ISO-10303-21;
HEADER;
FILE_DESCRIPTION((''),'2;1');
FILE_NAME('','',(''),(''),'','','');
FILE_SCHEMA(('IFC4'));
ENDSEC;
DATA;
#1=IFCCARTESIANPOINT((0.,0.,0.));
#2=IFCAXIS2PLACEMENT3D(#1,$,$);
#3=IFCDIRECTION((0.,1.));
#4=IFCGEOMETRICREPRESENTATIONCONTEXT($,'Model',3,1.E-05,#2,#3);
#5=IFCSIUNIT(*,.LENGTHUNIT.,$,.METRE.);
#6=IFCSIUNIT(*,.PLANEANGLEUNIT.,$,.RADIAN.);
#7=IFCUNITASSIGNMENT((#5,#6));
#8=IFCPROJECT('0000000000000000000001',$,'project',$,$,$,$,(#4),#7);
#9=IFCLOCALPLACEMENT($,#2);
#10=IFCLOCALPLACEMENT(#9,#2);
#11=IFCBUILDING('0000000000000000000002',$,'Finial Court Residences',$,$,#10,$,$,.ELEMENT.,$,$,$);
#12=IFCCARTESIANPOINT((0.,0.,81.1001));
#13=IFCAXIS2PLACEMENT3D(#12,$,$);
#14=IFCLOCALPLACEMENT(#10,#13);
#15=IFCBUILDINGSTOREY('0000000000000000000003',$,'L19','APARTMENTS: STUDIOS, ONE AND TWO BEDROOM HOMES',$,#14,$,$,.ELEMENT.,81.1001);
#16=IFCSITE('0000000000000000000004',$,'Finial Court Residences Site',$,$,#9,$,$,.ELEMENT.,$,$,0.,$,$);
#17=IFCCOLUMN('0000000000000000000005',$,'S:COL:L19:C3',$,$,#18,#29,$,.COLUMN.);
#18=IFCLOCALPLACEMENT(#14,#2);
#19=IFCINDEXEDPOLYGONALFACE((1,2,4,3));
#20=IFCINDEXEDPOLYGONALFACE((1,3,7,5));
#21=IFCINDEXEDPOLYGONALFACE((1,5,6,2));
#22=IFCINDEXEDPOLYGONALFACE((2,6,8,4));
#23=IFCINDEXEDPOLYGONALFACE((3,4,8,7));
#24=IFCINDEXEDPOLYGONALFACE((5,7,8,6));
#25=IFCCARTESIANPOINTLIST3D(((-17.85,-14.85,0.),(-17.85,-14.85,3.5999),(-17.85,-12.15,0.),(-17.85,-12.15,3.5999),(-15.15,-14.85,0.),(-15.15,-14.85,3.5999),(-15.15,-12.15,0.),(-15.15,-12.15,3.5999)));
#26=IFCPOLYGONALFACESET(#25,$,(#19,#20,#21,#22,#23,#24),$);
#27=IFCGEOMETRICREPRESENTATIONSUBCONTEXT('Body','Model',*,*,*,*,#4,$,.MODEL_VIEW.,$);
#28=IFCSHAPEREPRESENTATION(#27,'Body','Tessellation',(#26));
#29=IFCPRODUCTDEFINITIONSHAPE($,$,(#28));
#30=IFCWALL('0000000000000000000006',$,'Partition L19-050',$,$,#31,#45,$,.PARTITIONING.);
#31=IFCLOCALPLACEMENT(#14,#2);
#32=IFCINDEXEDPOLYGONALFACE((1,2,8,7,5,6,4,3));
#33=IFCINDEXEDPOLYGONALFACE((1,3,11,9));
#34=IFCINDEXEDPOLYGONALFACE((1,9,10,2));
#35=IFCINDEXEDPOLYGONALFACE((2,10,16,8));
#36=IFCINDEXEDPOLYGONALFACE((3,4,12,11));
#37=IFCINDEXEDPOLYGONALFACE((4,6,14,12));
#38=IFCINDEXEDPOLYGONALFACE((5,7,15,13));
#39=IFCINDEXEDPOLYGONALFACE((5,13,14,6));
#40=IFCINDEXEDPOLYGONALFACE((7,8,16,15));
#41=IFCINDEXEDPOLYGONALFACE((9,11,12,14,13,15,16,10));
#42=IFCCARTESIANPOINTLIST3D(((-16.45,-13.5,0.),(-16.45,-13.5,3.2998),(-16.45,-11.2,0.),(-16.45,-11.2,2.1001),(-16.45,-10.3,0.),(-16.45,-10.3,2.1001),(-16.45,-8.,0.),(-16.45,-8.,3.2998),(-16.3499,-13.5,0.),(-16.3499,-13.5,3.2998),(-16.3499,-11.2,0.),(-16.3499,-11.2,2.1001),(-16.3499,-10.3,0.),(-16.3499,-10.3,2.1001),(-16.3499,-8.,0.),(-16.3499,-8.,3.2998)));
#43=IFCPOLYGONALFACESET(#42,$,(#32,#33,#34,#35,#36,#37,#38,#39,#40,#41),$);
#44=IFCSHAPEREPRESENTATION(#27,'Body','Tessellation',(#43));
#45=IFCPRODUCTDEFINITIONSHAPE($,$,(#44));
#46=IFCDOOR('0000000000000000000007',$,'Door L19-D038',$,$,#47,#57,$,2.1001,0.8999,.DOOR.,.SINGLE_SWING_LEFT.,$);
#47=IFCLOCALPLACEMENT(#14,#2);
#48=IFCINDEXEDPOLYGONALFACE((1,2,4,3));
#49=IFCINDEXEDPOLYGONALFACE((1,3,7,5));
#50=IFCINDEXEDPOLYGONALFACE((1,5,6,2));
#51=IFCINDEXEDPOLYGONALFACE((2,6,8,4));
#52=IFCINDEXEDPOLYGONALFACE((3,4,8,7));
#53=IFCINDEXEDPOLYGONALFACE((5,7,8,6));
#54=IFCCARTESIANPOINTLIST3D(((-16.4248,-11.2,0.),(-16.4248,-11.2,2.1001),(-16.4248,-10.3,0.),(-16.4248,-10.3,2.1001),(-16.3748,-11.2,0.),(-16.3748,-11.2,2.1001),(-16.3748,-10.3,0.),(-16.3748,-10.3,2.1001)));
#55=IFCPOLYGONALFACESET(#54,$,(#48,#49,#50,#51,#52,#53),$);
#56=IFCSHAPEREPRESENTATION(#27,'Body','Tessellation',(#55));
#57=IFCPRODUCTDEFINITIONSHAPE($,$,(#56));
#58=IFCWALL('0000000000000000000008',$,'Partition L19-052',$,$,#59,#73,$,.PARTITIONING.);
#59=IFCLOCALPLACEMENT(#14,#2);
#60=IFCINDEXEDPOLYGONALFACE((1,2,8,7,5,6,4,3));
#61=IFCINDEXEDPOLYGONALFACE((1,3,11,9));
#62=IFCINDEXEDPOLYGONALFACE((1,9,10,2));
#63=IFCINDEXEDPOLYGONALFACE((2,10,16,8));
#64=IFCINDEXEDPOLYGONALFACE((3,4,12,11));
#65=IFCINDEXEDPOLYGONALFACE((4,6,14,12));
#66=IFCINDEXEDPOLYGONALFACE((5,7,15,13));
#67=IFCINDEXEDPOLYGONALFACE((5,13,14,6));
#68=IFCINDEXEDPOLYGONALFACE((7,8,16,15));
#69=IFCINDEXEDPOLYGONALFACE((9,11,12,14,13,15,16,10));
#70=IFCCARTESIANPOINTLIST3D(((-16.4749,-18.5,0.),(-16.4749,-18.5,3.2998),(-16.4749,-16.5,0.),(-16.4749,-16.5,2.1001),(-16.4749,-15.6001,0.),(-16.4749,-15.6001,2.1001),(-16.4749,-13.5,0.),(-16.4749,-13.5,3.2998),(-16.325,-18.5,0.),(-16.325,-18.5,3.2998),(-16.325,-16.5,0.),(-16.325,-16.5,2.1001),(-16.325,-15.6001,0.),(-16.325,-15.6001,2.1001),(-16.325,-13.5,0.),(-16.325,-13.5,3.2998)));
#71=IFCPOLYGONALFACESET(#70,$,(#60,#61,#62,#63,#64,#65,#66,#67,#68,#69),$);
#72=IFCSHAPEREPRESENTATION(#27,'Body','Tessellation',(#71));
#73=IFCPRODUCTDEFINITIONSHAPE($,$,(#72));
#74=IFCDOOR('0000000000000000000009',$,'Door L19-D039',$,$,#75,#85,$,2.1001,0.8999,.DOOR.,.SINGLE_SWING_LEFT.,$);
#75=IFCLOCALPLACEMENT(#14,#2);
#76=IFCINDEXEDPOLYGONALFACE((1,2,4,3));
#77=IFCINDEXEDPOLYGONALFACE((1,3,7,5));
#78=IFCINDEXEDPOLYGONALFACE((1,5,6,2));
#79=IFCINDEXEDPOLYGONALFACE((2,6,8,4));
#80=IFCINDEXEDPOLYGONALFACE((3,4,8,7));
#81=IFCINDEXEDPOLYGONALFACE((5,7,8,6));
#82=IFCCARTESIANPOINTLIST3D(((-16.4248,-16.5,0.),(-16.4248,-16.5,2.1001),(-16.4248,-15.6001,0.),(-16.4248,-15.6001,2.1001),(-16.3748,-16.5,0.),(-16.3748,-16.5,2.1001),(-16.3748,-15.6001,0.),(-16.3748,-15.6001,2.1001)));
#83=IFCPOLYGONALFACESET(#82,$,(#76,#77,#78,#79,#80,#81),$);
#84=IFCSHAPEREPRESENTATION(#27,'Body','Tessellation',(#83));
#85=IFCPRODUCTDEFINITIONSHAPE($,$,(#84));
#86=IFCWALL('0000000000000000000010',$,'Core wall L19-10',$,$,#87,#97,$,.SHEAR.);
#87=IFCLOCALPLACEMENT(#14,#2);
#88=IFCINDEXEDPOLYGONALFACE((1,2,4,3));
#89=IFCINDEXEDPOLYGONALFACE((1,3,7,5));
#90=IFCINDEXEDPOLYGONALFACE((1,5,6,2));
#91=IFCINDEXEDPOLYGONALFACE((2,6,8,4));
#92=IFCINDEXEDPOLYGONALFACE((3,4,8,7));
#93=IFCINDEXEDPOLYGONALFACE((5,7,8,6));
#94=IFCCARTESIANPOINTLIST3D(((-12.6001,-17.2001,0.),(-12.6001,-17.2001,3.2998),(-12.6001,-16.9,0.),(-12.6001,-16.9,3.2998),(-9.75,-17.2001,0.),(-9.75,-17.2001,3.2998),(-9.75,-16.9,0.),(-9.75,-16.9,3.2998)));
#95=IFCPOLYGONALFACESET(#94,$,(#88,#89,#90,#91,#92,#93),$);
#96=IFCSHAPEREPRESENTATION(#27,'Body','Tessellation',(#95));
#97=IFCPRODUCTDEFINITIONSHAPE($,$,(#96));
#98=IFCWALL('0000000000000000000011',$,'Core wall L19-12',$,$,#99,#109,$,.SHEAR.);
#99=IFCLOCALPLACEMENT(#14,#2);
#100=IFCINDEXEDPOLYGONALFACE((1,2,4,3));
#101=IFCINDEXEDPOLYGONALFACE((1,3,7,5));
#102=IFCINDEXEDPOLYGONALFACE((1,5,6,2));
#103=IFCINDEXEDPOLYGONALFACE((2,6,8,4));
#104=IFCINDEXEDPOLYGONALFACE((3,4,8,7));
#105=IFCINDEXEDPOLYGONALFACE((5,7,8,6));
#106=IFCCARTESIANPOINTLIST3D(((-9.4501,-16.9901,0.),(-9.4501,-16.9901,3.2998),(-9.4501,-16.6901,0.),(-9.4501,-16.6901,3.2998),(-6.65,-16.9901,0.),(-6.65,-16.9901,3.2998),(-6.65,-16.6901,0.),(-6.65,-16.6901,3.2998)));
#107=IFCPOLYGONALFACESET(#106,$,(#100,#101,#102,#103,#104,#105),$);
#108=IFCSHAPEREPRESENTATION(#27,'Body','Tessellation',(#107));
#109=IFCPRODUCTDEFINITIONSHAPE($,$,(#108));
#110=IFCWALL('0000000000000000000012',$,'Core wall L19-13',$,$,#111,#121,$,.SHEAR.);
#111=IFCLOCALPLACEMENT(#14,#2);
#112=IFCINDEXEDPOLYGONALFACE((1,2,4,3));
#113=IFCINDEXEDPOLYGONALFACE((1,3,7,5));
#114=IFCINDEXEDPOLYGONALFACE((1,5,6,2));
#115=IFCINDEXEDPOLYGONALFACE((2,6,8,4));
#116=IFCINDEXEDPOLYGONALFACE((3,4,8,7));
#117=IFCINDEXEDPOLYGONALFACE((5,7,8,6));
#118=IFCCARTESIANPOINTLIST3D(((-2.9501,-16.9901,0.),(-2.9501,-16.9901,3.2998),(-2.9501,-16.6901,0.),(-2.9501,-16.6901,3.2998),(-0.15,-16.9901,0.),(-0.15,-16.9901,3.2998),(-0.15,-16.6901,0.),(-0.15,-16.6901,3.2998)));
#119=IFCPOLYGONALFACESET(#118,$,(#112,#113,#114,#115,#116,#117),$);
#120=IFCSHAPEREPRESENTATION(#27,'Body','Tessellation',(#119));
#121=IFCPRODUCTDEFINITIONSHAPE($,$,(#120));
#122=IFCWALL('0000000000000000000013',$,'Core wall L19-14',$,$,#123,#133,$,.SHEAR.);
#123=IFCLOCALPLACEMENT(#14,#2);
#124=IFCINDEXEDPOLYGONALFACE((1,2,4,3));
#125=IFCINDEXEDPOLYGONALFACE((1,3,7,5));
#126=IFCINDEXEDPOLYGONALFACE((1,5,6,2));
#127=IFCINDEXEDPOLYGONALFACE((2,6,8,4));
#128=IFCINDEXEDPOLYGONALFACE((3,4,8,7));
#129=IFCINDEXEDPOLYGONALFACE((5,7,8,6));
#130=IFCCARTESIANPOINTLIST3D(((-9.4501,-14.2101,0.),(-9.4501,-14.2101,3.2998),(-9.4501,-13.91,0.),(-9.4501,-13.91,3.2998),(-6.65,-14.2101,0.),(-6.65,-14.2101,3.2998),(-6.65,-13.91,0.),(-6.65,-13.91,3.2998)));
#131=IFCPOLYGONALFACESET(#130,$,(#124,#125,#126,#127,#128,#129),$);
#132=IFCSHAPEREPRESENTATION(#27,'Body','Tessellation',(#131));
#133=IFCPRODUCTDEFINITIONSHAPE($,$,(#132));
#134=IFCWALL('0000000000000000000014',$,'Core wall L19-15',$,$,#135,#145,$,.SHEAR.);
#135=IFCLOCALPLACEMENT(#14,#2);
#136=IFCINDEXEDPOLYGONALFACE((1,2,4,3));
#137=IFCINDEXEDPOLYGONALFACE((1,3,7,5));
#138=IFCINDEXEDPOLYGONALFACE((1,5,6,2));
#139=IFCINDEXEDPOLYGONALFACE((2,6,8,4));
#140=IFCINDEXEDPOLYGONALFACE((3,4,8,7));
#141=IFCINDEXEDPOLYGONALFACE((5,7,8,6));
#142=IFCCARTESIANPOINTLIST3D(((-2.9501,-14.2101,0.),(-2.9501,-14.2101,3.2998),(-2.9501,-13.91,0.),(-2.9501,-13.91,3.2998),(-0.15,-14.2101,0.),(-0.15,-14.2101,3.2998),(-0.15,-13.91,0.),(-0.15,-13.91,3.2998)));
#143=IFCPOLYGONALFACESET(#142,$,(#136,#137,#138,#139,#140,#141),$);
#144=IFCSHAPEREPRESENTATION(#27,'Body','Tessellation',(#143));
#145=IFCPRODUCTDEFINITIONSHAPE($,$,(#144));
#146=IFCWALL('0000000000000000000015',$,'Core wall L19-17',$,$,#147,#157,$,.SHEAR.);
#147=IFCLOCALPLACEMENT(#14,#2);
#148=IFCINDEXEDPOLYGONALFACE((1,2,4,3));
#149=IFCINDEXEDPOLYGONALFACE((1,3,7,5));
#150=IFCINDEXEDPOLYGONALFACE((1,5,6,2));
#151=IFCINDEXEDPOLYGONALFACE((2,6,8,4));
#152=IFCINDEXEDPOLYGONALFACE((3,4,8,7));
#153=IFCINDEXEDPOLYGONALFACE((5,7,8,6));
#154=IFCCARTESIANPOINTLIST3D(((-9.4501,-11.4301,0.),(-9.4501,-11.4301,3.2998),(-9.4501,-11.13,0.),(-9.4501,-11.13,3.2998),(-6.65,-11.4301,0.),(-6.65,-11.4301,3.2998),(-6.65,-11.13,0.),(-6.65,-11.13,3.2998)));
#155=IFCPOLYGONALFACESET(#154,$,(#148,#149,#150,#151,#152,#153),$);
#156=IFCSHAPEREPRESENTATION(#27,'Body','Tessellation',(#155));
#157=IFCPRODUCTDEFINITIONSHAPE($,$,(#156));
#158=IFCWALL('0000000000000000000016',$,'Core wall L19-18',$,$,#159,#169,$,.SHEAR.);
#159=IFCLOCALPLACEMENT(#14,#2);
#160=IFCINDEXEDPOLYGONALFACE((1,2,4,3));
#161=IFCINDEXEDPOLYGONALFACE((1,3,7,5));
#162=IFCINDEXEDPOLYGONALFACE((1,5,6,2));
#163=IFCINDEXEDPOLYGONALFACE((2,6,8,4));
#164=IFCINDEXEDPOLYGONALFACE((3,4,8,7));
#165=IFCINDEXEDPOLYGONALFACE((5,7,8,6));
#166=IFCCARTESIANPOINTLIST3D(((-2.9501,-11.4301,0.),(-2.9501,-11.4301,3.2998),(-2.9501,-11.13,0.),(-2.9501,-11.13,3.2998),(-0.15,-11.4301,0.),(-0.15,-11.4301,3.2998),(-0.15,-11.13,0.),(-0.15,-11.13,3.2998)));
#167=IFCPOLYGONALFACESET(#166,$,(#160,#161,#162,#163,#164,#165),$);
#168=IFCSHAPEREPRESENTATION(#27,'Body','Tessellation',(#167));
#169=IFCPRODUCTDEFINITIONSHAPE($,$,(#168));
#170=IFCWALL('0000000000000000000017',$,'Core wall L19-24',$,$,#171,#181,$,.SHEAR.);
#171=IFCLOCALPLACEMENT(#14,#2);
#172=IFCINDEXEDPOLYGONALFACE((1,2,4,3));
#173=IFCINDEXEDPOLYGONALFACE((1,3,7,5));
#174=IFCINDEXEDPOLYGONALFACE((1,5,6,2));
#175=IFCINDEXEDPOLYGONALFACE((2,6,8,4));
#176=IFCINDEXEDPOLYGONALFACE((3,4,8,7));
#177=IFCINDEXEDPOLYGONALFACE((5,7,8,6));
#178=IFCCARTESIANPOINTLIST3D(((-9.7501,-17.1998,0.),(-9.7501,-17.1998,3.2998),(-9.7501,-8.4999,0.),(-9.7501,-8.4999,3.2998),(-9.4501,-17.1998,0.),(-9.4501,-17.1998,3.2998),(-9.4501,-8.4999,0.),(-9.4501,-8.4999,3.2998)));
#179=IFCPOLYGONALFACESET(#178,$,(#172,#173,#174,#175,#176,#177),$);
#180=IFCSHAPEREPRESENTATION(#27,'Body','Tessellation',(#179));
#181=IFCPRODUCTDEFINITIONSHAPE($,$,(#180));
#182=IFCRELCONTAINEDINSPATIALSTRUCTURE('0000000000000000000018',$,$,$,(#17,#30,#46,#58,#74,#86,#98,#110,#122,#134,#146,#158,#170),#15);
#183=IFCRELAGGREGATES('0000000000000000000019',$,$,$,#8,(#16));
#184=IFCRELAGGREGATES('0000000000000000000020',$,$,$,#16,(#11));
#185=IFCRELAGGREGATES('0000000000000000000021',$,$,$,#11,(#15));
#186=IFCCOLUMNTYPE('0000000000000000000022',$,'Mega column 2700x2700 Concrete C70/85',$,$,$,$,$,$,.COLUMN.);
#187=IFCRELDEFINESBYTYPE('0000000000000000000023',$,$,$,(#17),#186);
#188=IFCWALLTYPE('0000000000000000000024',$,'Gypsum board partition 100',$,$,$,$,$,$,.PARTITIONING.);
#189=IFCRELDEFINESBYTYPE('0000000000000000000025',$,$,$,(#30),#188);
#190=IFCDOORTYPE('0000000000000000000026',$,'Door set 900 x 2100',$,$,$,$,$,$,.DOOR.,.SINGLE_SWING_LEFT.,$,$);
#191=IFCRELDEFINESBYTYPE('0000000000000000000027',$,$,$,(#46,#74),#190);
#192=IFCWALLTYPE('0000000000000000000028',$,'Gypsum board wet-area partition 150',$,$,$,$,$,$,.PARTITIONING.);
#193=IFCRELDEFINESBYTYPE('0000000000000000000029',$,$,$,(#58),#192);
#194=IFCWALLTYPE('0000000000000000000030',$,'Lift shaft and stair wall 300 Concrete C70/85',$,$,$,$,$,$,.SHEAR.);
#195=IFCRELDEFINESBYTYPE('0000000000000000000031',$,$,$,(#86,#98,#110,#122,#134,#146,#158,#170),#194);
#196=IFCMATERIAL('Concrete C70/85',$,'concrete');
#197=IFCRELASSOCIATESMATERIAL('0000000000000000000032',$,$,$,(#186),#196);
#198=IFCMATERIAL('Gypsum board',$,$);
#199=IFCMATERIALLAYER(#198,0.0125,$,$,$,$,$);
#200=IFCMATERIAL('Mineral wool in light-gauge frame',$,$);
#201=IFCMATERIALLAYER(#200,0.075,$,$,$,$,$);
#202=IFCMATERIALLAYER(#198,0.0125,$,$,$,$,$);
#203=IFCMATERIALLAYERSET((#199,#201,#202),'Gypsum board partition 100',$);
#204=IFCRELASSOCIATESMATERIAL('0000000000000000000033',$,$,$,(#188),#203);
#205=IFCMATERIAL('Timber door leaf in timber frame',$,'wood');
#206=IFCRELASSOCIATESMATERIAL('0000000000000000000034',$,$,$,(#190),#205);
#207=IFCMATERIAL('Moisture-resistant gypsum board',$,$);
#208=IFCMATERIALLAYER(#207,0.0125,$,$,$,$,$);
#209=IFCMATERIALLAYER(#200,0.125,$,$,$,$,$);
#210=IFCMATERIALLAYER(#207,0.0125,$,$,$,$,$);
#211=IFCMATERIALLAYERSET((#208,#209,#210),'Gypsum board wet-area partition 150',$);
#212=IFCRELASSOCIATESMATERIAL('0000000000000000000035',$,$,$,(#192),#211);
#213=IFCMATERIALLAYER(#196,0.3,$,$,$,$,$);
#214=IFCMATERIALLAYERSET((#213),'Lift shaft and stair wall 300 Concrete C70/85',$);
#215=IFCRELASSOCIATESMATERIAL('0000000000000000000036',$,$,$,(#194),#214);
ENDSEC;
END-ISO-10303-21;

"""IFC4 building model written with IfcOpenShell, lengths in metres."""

from ifc_helpers import new_model, si_unit, direction, frame, frame_2d, origin, origin_2d, place, context, subcontext, project, spatial, rectangle, extrude, material, layer, layer_set, material_profile, profile_set, type_object, element, fill, save


model = new_model("IFC4")

# Units and contexts
model_context = context("Model", 3, precision=1e-05, world=origin(), true_north=direction((0.0, 1.0)))
body_context = subcontext(model_context, "Body", "Model", "MODEL_VIEW")
ifc_project = project(units=[si_unit("LENGTHUNIT", "METRE"), si_unit("PLANEANGLEUNIT", "RADIAN")], contexts=[model_context])

# Site, building, storey
site_placement = place(None, origin())
site = spatial("IfcSite", under=ifc_project, at=site_placement, Name="Finial Court Residences Site", CompositionType="ELEMENT", RefElevation=0.0)
building_placement = place(site_placement, origin())
building = spatial("IfcBuilding", under=site, at=building_placement, Name="Finial Court Residences", CompositionType="ELEMENT")
storey_placement = place(building_placement, frame((0.0, 0.0, 81.1001)))
storey = spatial("IfcBuildingStorey", under=building, at=storey_placement, Name="L19", Description="APARTMENTS: STUDIOS, ONE AND TWO BEDROOM HOMES", CompositionType="ELEMENT", Elevation=81.1001)

# Column
ifc_material_1 = material(Name="Concrete C70/85", Category="concrete")
ifc_material_profile = material_profile(ifc_material_1, rectangle(XDim=2.7, YDim=2.7, at=origin_2d()), Name="2700x2700")
ifc_profile_set = profile_set([ifc_material_profile], Name="Concrete C70/85")
column_type = type_object("IfcColumnType", Name="Mega column 2700x2700 Concrete C70/85", PredefinedType="COLUMN", material=ifc_profile_set)
column_placement = place(storey_placement, frame((-16.5, -13.5, 0.0), z_axis=(0.0, 0.0, 1.0), x_axis=(1.0, 0.0, 0.0)))
element("IfcColumn", 1, at=column_placement, inside=storey, type_object=column_type, Name="S:COL:L19:C3", PredefinedType="COLUMN", context=body_context, shape_type="SweptSolid", body=[
    extrude(rectangle(XDim=2.7, YDim=2.7, at=origin_2d()), origin(), (0.0, 0.0, 1.0), 3.5999),
])

# Walls, openings, doors
ifc_material_2 = material(Name="Gypsum board")
ifc_layer_1 = layer(ifc_material_2, 0.0125)
ifc_material_3 = material(Name="Mineral wool in light-gauge frame")
ifc_layer_2 = layer(ifc_material_3, 0.075)
ifc_layer_3 = layer(ifc_material_2, 0.0125)
ifc_layer_set_1 = layer_set([ifc_layer_1, ifc_layer_2, ifc_layer_3], Name="Gypsum board partition 100")
wall_type_1 = type_object("IfcWallType", Name="Gypsum board partition 100", PredefinedType="PARTITIONING", material=ifc_layer_set_1)
wall_1_placement = place(storey_placement, frame((-16.3999, -13.5, 0.0), z_axis=(0.0, 0.0, 1.0), x_axis=(0.0, 1.0, 0.0)))
wall_1 = element("IfcWall", 2, at=wall_1_placement, inside=storey, type_object=wall_type_1, Name="Partition L19-050", PredefinedType="PARTITIONING", context=body_context, shape_type="SweptSolid", body=[
    extrude(rectangle(XDim=5.5, YDim=0.1001, at=frame_2d((2.75, 0.0))), origin(), (0.0, 0.0, 1.0), 3.2998),
])
opening_1_placement = place(wall_1_placement, frame((2.3, 0.0, 0.0)))
opening_1 = element("IfcOpeningElement", 3, at=opening_1_placement, cuts=wall_1, PredefinedType="OPENING", context=body_context, shape_type="SweptSolid", body=[
    extrude(rectangle(XDim=0.8999, YDim=2.1001, at=frame_2d((0.45, 1.05))), frame((0.0, 0.0601, 0.0), z_axis=(0.0, -1.0, 0.0), x_axis=(1.0, 0.0, 0.0)), (0.0, 0.0, 1.0), 0.1201),
])
ifc_material_4 = material(Name="Timber door leaf in timber frame", Category="wood")
door_type_1 = type_object("IfcDoorType", Name="Door set 900 x 2100", OperationType="SINGLE_SWING_LEFT", PredefinedType="DOOR", material=ifc_material_4)
door_1_placement = place(opening_1_placement, origin())
door_1 = element("IfcDoor", 4, at=door_1_placement, inside=storey, type_object=door_type_1, Name="Door L19-D038", OperationType="SINGLE_SWING_LEFT", OverallHeight=2.1001, OverallWidth=0.8999, PredefinedType="DOOR", context=body_context, shape_type="SweptSolid", body=[
    extrude(rectangle(XDim=0.8999, YDim=2.1001, at=frame_2d((0.45, 1.05))), frame((0.0, 0.0249, 0.0), z_axis=(0.0, -1.0, 0.0), x_axis=(1.0, 0.0, 0.0)), (0.0, 0.0, 1.0), 0.05),
])
fill(opening_1, door_1)
ifc_material_5 = material(Name="Moisture-resistant gypsum board")
ifc_layer_4 = layer(ifc_material_5, 0.0125)
ifc_layer_5 = layer(ifc_material_3, 0.125)
ifc_layer_6 = layer(ifc_material_5, 0.0125)
ifc_layer_set_2 = layer_set([ifc_layer_4, ifc_layer_5, ifc_layer_6], Name="Gypsum board wet-area partition 150")
wall_type_2 = type_object("IfcWallType", Name="Gypsum board wet-area partition 150", PredefinedType="PARTITIONING", material=ifc_layer_set_2)
wall_2_placement = place(storey_placement, frame((-16.3999, -18.5, 0.0), z_axis=(0.0, 0.0, 1.0), x_axis=(0.0, 1.0, 0.0)))
wall_2 = element("IfcWall", 5, at=wall_2_placement, inside=storey, type_object=wall_type_2, Name="Partition L19-052", PredefinedType="PARTITIONING", context=body_context, shape_type="SweptSolid", body=[
    extrude(rectangle(XDim=5.0, YDim=0.1499, at=frame_2d((2.5, 0.0))), origin(), (0.0, 0.0, 1.0), 3.2998),
])
opening_2_placement = place(wall_2_placement, frame((2.0, 0.0, 0.0)))
opening_2 = element("IfcOpeningElement", 6, at=opening_2_placement, cuts=wall_2, PredefinedType="OPENING", context=body_context, shape_type="SweptSolid", body=[
    extrude(rectangle(XDim=0.8999, YDim=2.1001, at=frame_2d((0.45, 1.05))), frame((0.0, 0.085, 0.0), z_axis=(0.0, -1.0, 0.0), x_axis=(1.0, 0.0, 0.0)), (0.0, 0.0, 1.0), 0.1699),
])
door_2_placement = place(opening_2_placement, origin())
door_2 = element("IfcDoor", 7, at=door_2_placement, inside=storey, type_object=door_type_1, Name="Door L19-D039", OperationType="SINGLE_SWING_LEFT", OverallHeight=2.1001, OverallWidth=0.8999, PredefinedType="DOOR", context=body_context, shape_type="SweptSolid", body=[
    extrude(rectangle(XDim=0.8999, YDim=2.1001, at=frame_2d((0.45, 1.05))), frame((0.0, 0.0249, 0.0), z_axis=(0.0, -1.0, 0.0), x_axis=(1.0, 0.0, 0.0)), (0.0, 0.0, 1.0), 0.05),
])
fill(opening_2, door_2)

# Walls
ifc_layer_7 = layer(ifc_material_1, 0.3)
ifc_layer_set_3 = layer_set([ifc_layer_7], Name="Lift shaft and stair wall 300 Concrete C70/85")
wall_type_3 = type_object("IfcWallType", Name="Lift shaft and stair wall 300 Concrete C70/85", PredefinedType="SHEAR", material=ifc_layer_set_3)
wall_3_placement = place(storey_placement, frame((-12.6001, -17.05, 0.0), z_axis=(0.0, 0.0, 1.0), x_axis=(1.0, 0.0, 0.0)))
element("IfcWall", 8, at=wall_3_placement, inside=storey, type_object=wall_type_3, Name="Core wall L19-10", PredefinedType="SHEAR", context=body_context, shape_type="SweptSolid", body=[
    extrude(rectangle(XDim=2.8501, YDim=0.3, at=frame_2d((1.425, 0.0))), origin(), (0.0, 0.0, 1.0), 3.2998),
])
for number, where, z_axis, x_axis, name in (
    (9, (-9.45, -16.8401, 0.0), (0.0, 0.0, 1.0), (1.0, 0.0, 0.0), "Core wall L19-12"),
    (10, (-2.95, -16.8401, 0.0), (0.0, 0.0, 1.0), (1.0, 0.0, 0.0), "Core wall L19-13"),
    (11, (-9.45, -14.0601, 0.0), (0.0, 0.0, 1.0), (1.0, 0.0, 0.0), "Core wall L19-14"),
    (12, (-2.95, -14.0601, 0.0), (0.0, 0.0, 1.0), (1.0, 0.0, 0.0), "Core wall L19-15"),
    (13, (-9.45, -11.28, 0.0), (0.0, 0.0, 1.0), (1.0, 0.0, 0.0), "Core wall L19-17"),
    (14, (-2.95, -11.28, 0.0), (0.0, 0.0, 1.0), (1.0, 0.0, 0.0), "Core wall L19-18"),
):
    element("IfcWall", number, at=place(storey_placement, frame(where, z_axis=z_axis, x_axis=x_axis)), inside=storey, type_object=wall_type_3, Name=name, PredefinedType="SHEAR", context=body_context, shape_type="SweptSolid", body=[
        extrude(rectangle(XDim=2.8, YDim=0.3, at=frame_2d((1.3999, 0.0))), origin(), (0.0, 0.0, 1.0), 3.2998),
    ])
wall_4_placement = place(storey_placement, frame((-9.6001, -17.2, 0.0), z_axis=(0.0, 0.0, 1.0), x_axis=(0.0, 1.0, 0.0)))
element("IfcWall", 15, at=wall_4_placement, inside=storey, type_object=wall_type_3, Name="Core wall L19-24", PredefinedType="SHEAR", context=body_context, shape_type="SweptSolid", body=[
    extrude(rectangle(XDim=8.7, YDim=0.3, at=frame_2d((4.3501, 0.0))), origin(), (0.0, 0.0, 1.0), 3.2998),
])

save(model, "model.ifc")
